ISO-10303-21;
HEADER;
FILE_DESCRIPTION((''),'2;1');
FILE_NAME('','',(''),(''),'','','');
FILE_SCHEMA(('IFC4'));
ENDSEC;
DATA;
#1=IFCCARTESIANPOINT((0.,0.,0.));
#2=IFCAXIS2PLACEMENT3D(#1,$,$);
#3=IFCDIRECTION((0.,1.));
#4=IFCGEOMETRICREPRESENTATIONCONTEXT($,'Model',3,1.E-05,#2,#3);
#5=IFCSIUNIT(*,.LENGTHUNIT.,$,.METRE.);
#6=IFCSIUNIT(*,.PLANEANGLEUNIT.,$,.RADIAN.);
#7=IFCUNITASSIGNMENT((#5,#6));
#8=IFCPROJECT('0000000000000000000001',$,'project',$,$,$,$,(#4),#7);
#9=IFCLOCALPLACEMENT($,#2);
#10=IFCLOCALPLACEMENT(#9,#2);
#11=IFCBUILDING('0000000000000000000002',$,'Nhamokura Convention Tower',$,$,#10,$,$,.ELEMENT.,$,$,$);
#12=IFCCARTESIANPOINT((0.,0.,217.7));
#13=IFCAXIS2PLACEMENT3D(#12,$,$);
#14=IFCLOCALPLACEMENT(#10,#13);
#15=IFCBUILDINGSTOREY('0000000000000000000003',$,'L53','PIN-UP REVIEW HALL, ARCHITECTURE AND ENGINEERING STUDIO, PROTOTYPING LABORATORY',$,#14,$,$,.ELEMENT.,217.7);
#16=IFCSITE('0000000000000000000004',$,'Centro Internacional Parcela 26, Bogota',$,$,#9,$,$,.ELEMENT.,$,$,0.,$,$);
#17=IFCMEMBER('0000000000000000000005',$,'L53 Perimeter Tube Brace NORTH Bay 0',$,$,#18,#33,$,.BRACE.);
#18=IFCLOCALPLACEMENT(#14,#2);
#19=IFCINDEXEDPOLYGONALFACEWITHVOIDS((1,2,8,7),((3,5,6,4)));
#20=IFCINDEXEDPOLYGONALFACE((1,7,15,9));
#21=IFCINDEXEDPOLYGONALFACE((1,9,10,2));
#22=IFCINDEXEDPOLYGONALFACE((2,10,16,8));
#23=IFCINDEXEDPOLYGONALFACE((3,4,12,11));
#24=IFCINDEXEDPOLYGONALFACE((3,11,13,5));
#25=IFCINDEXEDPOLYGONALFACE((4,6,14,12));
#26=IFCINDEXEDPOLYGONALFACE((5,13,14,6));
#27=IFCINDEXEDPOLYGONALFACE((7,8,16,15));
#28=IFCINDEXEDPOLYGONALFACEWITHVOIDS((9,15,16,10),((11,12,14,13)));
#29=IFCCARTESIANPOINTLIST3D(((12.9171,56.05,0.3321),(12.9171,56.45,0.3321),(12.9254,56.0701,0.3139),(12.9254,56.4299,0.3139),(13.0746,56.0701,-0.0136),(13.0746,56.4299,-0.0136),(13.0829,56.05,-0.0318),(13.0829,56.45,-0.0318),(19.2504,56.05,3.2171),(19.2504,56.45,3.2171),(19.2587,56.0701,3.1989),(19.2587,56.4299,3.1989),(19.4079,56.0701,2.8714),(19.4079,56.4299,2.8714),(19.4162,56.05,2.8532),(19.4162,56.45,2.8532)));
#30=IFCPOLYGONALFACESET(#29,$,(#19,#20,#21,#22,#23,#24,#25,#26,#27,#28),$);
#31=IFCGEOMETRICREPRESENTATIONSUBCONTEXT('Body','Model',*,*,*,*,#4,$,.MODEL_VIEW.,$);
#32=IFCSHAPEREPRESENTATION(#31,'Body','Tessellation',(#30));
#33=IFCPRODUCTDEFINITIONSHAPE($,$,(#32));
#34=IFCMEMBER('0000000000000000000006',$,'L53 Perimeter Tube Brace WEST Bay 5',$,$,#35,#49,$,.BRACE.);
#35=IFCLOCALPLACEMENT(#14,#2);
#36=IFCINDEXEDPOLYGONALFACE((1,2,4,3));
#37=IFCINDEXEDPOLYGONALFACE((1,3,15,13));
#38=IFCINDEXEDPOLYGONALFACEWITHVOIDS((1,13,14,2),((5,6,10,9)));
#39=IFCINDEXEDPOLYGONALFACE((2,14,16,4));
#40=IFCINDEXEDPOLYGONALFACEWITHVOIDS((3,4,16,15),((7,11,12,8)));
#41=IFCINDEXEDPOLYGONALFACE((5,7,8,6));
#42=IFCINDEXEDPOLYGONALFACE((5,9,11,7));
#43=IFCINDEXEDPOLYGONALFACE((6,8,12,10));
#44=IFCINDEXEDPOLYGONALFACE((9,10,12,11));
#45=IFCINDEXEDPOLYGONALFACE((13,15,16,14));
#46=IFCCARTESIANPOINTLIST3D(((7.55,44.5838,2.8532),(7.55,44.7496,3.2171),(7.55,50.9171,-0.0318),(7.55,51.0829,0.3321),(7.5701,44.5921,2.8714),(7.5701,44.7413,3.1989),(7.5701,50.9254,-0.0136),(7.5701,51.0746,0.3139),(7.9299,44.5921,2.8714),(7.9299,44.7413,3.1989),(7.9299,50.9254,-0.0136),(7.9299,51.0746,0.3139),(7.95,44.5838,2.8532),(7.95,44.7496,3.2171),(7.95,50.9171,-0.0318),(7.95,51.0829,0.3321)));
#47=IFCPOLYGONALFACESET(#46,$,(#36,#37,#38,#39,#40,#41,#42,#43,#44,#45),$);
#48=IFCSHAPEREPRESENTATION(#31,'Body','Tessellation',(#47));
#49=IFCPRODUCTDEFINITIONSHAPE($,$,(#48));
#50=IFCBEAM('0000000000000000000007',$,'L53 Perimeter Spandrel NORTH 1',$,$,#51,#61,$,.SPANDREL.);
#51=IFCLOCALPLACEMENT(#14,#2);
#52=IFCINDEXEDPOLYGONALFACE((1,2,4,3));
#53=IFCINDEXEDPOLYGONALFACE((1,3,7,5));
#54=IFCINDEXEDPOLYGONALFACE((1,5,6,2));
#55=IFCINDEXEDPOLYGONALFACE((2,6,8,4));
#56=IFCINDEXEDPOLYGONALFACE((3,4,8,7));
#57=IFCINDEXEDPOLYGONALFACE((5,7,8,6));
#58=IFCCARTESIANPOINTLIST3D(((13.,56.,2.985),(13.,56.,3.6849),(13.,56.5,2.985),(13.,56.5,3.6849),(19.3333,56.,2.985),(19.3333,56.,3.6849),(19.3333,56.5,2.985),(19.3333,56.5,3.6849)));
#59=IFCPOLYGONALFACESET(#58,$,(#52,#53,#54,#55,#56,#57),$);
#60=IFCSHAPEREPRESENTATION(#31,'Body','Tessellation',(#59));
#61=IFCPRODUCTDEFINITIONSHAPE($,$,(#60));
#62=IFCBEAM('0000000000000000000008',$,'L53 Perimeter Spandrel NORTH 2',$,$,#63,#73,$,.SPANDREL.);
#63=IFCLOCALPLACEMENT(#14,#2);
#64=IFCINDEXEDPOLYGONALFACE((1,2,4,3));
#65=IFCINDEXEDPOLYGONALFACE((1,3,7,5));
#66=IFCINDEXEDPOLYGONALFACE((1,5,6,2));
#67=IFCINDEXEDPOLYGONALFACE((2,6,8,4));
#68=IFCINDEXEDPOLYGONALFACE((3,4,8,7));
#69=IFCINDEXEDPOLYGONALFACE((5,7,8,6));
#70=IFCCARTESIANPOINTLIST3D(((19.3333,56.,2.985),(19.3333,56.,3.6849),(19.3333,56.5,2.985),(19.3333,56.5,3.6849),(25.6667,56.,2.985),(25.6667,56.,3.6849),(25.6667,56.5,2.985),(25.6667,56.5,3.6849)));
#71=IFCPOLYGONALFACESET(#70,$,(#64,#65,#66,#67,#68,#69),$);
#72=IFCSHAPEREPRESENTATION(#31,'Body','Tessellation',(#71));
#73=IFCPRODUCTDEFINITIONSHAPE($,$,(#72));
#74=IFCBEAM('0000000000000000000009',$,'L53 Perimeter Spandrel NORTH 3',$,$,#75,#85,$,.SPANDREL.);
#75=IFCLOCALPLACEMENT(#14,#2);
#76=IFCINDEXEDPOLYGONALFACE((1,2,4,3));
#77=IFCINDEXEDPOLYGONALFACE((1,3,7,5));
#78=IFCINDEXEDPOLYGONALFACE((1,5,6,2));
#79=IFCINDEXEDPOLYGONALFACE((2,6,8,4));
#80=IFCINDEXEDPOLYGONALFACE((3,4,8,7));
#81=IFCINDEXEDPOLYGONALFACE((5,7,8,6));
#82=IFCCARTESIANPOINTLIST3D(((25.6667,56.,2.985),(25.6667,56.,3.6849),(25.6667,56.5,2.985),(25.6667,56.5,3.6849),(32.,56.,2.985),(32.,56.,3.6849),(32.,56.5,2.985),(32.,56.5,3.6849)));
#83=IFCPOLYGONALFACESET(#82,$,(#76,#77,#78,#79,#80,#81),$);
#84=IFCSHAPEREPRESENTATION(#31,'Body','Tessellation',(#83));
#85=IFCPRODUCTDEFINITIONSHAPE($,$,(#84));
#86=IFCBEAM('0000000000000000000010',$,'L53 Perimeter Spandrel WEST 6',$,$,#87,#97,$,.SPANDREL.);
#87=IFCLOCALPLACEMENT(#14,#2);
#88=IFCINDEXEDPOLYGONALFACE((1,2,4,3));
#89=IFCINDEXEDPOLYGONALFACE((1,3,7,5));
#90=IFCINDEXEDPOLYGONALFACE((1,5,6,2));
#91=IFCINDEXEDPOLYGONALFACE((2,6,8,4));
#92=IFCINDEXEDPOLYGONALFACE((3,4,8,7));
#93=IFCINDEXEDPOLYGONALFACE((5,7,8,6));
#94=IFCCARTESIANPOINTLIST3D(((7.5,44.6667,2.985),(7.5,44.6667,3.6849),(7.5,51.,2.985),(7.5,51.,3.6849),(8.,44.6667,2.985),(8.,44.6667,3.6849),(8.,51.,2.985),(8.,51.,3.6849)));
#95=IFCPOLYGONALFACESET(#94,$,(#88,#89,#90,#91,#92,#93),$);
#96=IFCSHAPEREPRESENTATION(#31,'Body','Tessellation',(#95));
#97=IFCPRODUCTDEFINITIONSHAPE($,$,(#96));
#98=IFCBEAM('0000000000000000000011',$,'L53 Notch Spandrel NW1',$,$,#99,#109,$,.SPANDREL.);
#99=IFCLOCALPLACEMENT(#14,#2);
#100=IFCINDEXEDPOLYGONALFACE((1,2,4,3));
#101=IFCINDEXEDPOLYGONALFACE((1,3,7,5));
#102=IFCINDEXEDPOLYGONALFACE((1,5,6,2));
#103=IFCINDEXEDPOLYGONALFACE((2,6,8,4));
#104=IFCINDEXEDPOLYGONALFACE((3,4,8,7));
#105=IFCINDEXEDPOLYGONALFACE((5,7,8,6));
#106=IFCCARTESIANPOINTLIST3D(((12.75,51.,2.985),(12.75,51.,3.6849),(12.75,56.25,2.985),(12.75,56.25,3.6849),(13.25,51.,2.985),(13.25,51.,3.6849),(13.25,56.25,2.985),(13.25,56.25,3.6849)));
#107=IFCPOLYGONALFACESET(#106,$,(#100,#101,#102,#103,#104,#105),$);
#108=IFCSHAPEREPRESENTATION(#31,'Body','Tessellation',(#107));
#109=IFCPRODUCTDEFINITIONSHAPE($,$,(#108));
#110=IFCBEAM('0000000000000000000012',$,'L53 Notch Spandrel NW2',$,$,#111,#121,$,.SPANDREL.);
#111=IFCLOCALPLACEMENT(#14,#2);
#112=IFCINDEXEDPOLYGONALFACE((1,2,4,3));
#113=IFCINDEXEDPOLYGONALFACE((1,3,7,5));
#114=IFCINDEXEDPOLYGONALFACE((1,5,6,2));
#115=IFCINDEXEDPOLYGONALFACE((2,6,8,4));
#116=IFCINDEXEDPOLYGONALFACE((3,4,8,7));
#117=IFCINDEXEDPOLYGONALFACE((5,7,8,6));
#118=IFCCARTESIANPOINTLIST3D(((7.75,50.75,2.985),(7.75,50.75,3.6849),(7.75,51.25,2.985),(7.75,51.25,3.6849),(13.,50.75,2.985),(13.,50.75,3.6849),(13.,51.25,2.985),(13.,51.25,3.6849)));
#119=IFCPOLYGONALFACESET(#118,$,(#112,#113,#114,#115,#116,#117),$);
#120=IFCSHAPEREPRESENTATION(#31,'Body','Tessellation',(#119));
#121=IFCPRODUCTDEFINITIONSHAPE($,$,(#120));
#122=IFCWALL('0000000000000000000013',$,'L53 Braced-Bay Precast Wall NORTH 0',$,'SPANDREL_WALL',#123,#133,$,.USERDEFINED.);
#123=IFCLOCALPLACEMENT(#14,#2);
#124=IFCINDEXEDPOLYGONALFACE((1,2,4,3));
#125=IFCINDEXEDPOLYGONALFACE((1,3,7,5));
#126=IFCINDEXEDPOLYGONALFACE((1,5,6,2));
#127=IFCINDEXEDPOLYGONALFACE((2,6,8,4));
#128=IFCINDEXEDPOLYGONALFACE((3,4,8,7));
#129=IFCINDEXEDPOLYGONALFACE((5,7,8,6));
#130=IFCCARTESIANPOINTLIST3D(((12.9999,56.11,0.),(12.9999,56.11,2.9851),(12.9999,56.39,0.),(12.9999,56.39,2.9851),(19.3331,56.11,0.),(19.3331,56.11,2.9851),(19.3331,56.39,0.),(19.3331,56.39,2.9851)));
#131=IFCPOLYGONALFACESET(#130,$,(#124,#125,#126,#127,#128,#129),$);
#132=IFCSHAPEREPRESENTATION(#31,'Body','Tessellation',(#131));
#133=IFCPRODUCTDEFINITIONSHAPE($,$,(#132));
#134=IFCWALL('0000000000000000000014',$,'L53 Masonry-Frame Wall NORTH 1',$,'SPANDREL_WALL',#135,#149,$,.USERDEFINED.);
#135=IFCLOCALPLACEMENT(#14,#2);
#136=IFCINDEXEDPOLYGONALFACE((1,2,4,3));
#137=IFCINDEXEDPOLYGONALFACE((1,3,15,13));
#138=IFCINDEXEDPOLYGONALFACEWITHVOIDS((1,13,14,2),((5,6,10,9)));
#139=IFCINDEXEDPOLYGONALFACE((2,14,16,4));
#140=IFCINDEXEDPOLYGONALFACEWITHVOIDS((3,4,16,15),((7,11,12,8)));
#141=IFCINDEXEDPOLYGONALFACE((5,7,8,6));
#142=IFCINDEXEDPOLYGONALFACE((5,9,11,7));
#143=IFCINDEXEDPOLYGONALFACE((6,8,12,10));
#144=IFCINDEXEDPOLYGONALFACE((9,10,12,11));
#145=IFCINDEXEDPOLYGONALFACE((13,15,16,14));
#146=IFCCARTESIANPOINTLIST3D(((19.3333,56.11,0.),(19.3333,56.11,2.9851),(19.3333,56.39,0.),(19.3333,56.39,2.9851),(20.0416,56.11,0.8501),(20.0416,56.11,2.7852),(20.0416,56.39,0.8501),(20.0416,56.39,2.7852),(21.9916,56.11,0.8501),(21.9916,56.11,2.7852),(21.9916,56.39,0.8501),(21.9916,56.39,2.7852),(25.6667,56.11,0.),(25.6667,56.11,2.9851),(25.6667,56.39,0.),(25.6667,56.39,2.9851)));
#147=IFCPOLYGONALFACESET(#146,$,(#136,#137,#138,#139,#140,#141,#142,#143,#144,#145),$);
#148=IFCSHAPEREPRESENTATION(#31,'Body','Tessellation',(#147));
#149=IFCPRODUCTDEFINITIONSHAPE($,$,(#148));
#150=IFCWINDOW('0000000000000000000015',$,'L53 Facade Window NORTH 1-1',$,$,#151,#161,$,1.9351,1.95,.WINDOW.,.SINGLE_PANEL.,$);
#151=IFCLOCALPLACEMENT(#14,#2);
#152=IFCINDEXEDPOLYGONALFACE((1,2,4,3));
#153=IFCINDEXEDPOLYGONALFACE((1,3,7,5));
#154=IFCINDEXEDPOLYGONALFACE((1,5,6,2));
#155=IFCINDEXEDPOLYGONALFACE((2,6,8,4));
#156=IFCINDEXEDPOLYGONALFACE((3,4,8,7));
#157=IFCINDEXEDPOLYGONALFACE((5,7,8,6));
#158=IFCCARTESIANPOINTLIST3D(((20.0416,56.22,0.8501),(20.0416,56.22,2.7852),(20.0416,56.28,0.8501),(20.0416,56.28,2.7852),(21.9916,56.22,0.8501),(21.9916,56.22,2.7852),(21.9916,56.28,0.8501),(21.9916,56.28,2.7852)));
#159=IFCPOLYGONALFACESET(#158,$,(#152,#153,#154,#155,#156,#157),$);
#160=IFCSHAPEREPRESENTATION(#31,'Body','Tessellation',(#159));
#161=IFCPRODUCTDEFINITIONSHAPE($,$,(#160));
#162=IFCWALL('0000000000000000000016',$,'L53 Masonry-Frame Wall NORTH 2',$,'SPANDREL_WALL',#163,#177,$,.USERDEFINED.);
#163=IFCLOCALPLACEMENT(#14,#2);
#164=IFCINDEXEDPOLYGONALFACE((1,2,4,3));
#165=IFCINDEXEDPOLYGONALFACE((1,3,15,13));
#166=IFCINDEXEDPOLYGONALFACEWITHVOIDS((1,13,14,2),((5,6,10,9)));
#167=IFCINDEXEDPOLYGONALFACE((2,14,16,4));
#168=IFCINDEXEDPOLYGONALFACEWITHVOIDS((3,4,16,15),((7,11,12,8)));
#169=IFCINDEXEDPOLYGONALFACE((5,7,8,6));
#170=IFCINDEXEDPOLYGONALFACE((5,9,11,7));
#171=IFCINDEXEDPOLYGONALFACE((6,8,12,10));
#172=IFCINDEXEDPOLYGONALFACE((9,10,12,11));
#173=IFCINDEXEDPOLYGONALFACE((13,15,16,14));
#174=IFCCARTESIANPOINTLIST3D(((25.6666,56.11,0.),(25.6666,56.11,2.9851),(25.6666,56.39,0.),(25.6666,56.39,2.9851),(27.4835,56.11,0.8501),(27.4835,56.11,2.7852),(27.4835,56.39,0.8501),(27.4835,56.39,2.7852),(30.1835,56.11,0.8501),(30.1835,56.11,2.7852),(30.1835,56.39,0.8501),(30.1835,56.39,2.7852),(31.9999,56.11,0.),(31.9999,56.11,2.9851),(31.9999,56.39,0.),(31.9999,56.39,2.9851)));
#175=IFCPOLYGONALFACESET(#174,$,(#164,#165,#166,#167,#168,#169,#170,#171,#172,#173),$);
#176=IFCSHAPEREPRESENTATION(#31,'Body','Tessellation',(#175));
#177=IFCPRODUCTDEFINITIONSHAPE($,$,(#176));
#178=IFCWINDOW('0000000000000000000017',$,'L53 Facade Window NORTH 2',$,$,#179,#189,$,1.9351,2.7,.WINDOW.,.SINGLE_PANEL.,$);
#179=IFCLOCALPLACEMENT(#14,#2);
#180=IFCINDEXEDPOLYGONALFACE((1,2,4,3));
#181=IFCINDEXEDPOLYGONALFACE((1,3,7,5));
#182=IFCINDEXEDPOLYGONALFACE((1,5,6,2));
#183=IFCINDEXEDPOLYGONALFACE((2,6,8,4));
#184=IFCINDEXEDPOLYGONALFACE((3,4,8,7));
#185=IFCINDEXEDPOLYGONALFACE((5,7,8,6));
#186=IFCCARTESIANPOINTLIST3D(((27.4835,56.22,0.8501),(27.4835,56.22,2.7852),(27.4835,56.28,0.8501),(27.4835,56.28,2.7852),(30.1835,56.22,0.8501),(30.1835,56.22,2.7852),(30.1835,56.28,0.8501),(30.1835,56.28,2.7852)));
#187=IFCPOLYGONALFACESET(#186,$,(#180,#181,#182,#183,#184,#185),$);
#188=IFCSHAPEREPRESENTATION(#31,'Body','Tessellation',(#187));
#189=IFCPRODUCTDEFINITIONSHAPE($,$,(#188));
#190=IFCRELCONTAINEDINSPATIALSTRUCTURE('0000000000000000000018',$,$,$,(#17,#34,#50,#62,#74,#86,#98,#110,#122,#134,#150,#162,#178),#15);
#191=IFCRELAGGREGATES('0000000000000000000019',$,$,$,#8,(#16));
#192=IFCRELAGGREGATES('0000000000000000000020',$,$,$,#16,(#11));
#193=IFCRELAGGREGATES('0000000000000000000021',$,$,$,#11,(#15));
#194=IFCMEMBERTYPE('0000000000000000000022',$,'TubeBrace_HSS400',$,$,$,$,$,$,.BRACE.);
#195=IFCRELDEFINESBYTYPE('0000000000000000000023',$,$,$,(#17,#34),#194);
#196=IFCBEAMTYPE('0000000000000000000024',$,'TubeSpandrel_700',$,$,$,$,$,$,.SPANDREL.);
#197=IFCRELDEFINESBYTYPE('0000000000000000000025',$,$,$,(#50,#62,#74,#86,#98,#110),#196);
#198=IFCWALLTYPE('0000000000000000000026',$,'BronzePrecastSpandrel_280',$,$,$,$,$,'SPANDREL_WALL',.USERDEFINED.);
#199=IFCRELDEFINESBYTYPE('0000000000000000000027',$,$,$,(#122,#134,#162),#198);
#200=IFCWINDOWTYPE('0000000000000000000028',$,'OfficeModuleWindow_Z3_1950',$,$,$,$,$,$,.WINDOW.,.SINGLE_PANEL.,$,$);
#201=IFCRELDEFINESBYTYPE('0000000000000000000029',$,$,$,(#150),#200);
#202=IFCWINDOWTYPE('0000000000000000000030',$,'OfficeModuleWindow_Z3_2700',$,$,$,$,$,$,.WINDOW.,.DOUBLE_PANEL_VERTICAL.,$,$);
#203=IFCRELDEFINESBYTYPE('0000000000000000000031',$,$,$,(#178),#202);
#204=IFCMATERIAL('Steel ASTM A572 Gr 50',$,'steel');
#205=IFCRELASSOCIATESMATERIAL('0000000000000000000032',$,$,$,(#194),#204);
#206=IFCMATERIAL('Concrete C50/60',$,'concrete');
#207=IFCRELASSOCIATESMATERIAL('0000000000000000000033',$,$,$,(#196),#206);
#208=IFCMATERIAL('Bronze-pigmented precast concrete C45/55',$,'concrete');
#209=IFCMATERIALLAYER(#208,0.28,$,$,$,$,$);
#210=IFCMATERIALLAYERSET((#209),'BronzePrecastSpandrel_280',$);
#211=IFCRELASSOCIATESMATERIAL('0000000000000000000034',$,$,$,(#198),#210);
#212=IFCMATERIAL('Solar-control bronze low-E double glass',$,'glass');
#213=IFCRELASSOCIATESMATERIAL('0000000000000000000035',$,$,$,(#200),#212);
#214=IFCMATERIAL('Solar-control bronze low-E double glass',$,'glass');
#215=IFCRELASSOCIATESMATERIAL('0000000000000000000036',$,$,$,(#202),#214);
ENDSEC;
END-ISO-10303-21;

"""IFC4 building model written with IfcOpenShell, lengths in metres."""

from ifc_helpers import new_model, si_unit, direction, frame, frame_2d, origin, origin_2d, place, context, subcontext, project, spatial, rectangle, hollow_rectangle, extrude, material, layer, layer_set, material_profile, profile_set, type_object, element, fill, save


model = new_model("IFC4")

# Units and contexts
model_context = context("Model", 3, precision=1e-05, world=origin(), true_north=direction((0.0, 1.0)))
body_context = subcontext(model_context, "Body", "Model", "MODEL_VIEW")
ifc_project = project(units=[si_unit("LENGTHUNIT", "METRE"), si_unit("PLANEANGLEUNIT", "RADIAN")], contexts=[model_context])

# Site, building, storey
site_placement = place(None, origin())
site = spatial("IfcSite", under=ifc_project, at=site_placement, Name="Centro Internacional Parcela 26, Bogota", CompositionType="ELEMENT", RefElevation=0.0)
building_placement = place(site_placement, origin())
building = spatial("IfcBuilding", under=site, at=building_placement, Name="Nhamokura Convention Tower", CompositionType="ELEMENT")
storey_placement = place(building_placement, frame((0.0, 0.0, 217.7)))
storey = spatial("IfcBuildingStorey", under=building, at=storey_placement, Name="L53", Description="PIN-UP REVIEW HALL, ARCHITECTURE AND ENGINEERING STUDIO, PROTOTYPING LABORATORY", CompositionType="ELEMENT", Elevation=217.7)

# Members
ifc_material_1 = material(Name="Steel ASTM A572 Gr 50", Category="steel")
ifc_material_profile_1 = material_profile(ifc_material_1, hollow_rectangle(XDim=0.3999, YDim=0.3999, WallThickness=0.02, at=origin_2d()))
ifc_profile_set_1 = profile_set([ifc_material_profile_1], Name="Steel ASTM A572 Gr 50")
member_type_1 = type_object("IfcMemberType", Name="TubeBrace_HSS400", PredefinedType="BRACE", material=ifc_profile_set_1)
for number, where, z_axis, x_axis, name in (
    (1, (13.0, 56.25, 0.1501), (0.910027, 0.0, 0.414548), (0.0, 1.0, 0.0), "L53 Perimeter Tube Brace NORTH Bay 0"),
    (2, (7.75, 51.0, 0.1501), (0.0, -0.910027, 0.414548), (1.0, 0.0, 0.0), "L53 Perimeter Tube Brace WEST Bay 5"),
):
    element("IfcMember", number, at=place(storey_placement, frame(where, z_axis=z_axis, x_axis=x_axis)), inside=storey, type_object=member_type_1, Name=name, PredefinedType="BRACE", context=body_context, shape_type="SweptSolid", body=[
        extrude(hollow_rectangle(XDim=0.3999, YDim=0.3999, WallThickness=0.02, at=origin_2d()), origin(), (0.0, 0.0, 1.0), 6.9595),
    ])

# Beams
ifc_material_2 = material(Name="Concrete C50/60", Category="concrete")
ifc_material_profile_2 = material_profile(ifc_material_2, rectangle(XDim=0.5, YDim=0.7, at=origin_2d()))
ifc_profile_set_2 = profile_set([ifc_material_profile_2], Name="Concrete C50/60")
beam_type_1 = type_object("IfcBeamType", Name="TubeSpandrel_700", PredefinedType="SPANDREL", material=ifc_profile_set_2)
beam_1_placement = place(storey_placement, frame((13.0, 56.25, 3.335), z_axis=(1.0, 0.0, 0.0), x_axis=(0.0, 1.0, 0.0)))
element("IfcBeam", 3, at=beam_1_placement, inside=storey, type_object=beam_type_1, Name="L53 Perimeter Spandrel NORTH 1", PredefinedType="SPANDREL", context=body_context, shape_type="SweptSolid", body=[
    extrude(rectangle(XDim=0.5, YDim=0.7, at=origin_2d()), origin(), (0.0, 0.0, 1.0), 6.3333),
])
beam_2_placement = place(storey_placement, frame((19.3333, 56.25, 3.335), z_axis=(1.0, 0.0, 0.0), x_axis=(0.0, 1.0, 0.0)))
element("IfcBeam", 4, at=beam_2_placement, inside=storey, type_object=beam_type_1, Name="L53 Perimeter Spandrel NORTH 2", PredefinedType="SPANDREL", context=body_context, shape_type="SweptSolid", body=[
    extrude(rectangle(XDim=0.5, YDim=0.7, at=origin_2d()), origin(), (0.0, 0.0, 1.0), 6.3335),
])
for number, where, z_axis, x_axis, name in (
    (5, (25.6667, 56.25, 3.335), (1.0, 0.0, 0.0), (0.0, 1.0, 0.0), "L53 Perimeter Spandrel NORTH 3"),
    (6, (7.75, 44.6667, 3.335), (0.0, 1.0, 0.0), (-1.0, 0.0, 0.0), "L53 Perimeter Spandrel WEST 6"),
):
    element("IfcBeam", number, at=place(storey_placement, frame(where, z_axis=z_axis, x_axis=x_axis)), inside=storey, type_object=beam_type_1, Name=name, PredefinedType="SPANDREL", context=body_context, shape_type="SweptSolid", body=[
        extrude(rectangle(XDim=0.5, YDim=0.7, at=origin_2d()), origin(), (0.0, 0.0, 1.0), 6.3333),
    ])
for number, where, z_axis, x_axis, name in (
    (7, (13.0, 56.25, 3.335), (0.0, -1.0, 0.0), (1.0, 0.0, 0.0), "L53 Notch Spandrel NW1"),
    (8, (13.0, 51.0, 3.335), (-1.0, 0.0, 0.0), (0.0, -1.0, 0.0), "L53 Notch Spandrel NW2"),
):
    element("IfcBeam", number, at=place(storey_placement, frame(where, z_axis=z_axis, x_axis=x_axis)), inside=storey, type_object=beam_type_1, Name=name, PredefinedType="SPANDREL", context=body_context, shape_type="SweptSolid", body=[
        extrude(rectangle(XDim=0.5, YDim=0.7, at=origin_2d()), origin(), (0.0, 0.0, 1.0), 5.25),
    ])

# Wall
ifc_material_3 = material(Name="Bronze-pigmented precast concrete C45/55", Category="concrete")
ifc_layer_1 = layer(ifc_material_3, 0.28)
ifc_layer_set_1 = layer_set([ifc_layer_1], Name="BronzePrecastSpandrel_280")
wall_type_1 = type_object("IfcWallType", Name="BronzePrecastSpandrel_280", ElementType="SPANDREL_WALL", PredefinedType="USERDEFINED", material=ifc_layer_set_1)
wall_1_placement = place(storey_placement, frame((13.0, 56.25, 0.0), z_axis=(0.0, 0.0, 1.0), x_axis=(1.0, 0.0, 0.0)))
element("IfcWall", 9, at=wall_1_placement, inside=storey, type_object=wall_type_1, Name="L53 Braced-Bay Precast Wall NORTH 0", ObjectType="SPANDREL_WALL", PredefinedType="USERDEFINED", context=body_context, shape_type="SweptSolid", body=[
    extrude(rectangle(XDim=6.3333, YDim=0.28, at=frame_2d((3.1665, 0.0))), origin(), (0.0, 0.0, 1.0), 2.9851),
])

# Walls, openings, windows
wall_2_placement = place(storey_placement, frame((19.3333, 56.25, 0.0), z_axis=(0.0, 0.0, 1.0), x_axis=(1.0, 0.0, 0.0)))
wall_2 = element("IfcWall", 10, at=wall_2_placement, inside=storey, type_object=wall_type_1, Name="L53 Masonry-Frame Wall NORTH 1", ObjectType="SPANDREL_WALL", PredefinedType="USERDEFINED", context=body_context, shape_type="SweptSolid", body=[
    extrude(rectangle(XDim=6.3335, YDim=0.28, at=frame_2d((3.1667, 0.0))), origin(), (0.0, 0.0, 1.0), 2.9851),
])
opening_1_placement = place(wall_2_placement, frame((0.7083, 0.0, 0.8501)))
opening_1 = element("IfcOpeningElement", 11, at=opening_1_placement, cuts=wall_2, PredefinedType="OPENING", context=body_context, shape_type="SweptSolid", body=[
    extrude(rectangle(XDim=1.95, YDim=1.9351, at=frame_2d((0.9751, 0.9675))), frame((0.0, 0.1499, 0.0), z_axis=(0.0, -1.0, 0.0), x_axis=(1.0, 0.0, 0.0)), (0.0, 0.0, 1.0), 0.3),
])
ifc_material_4 = material(Name="Solar-control bronze low-E double glass", Category="glass")
window_type_1 = type_object("IfcWindowType", Name="OfficeModuleWindow_Z3_1950", PartitioningType="SINGLE_PANEL", PredefinedType="WINDOW", material=ifc_material_4)
window_1_placement = place(opening_1_placement, origin())
window_1 = element("IfcWindow", 12, at=window_1_placement, inside=storey, type_object=window_type_1, Name="L53 Facade Window NORTH 1-1", OverallHeight=1.9351, OverallWidth=1.95, PartitioningType="SINGLE_PANEL", PredefinedType="WINDOW", context=body_context, shape_type="SweptSolid", body=[
    extrude(rectangle(XDim=1.95, YDim=1.9351, at=frame_2d((0.9751, 0.9675))), frame((0.0, 0.03, 0.0), z_axis=(0.0, -1.0, 0.0), x_axis=(1.0, 0.0, 0.0)), (0.0, 0.0, 1.0), 0.0601),
])
fill(opening_1, window_1)
wall_3_placement = place(storey_placement, frame((25.6667, 56.25, 0.0), z_axis=(0.0, 0.0, 1.0), x_axis=(1.0, 0.0, 0.0)))
wall_3 = element("IfcWall", 13, at=wall_3_placement, inside=storey, type_object=wall_type_1, Name="L53 Masonry-Frame Wall NORTH 2", ObjectType="SPANDREL_WALL", PredefinedType="USERDEFINED", context=body_context, shape_type="SweptSolid", body=[
    extrude(rectangle(XDim=6.3333, YDim=0.28, at=frame_2d((3.1665, 0.0))), origin(), (0.0, 0.0, 1.0), 2.9851),
])
opening_2_placement = place(wall_3_placement, frame((1.8167, 0.0, 0.8501)))
opening_2 = element("IfcOpeningElement", 14, at=opening_2_placement, cuts=wall_3, PredefinedType="OPENING", context=body_context, shape_type="SweptSolid", body=[
    extrude(rectangle(XDim=2.7, YDim=1.9351, at=frame_2d((1.3501, 0.9675))), frame((0.0, 0.1499, 0.0), z_axis=(0.0, -1.0, 0.0), x_axis=(1.0, 0.0, 0.0)), (0.0, 0.0, 1.0), 0.3),
])
ifc_material_5 = material(Name="Solar-control bronze low-E double glass", Category="glass")
window_type_2 = type_object("IfcWindowType", Name="OfficeModuleWindow_Z3_2700", PartitioningType="DOUBLE_PANEL_VERTICAL", PredefinedType="WINDOW", material=ifc_material_5)
window_2_placement = place(opening_2_placement, origin())
window_2 = element("IfcWindow", 15, at=window_2_placement, inside=storey, type_object=window_type_2, Name="L53 Facade Window NORTH 2", OverallHeight=1.9351, OverallWidth=2.7, PartitioningType="SINGLE_PANEL", PredefinedType="WINDOW", context=body_context, shape_type="SweptSolid", body=[
    extrude(rectangle(XDim=2.7, YDim=1.9351, at=frame_2d((1.3501, 0.9675))), frame((0.0, 0.03, 0.0), z_axis=(0.0, -1.0, 0.0), x_axis=(1.0, 0.0, 0.0)), (0.0, 0.0, 1.0), 0.0601),
])
fill(opening_2, window_2)

save(model, "model.ifc")
